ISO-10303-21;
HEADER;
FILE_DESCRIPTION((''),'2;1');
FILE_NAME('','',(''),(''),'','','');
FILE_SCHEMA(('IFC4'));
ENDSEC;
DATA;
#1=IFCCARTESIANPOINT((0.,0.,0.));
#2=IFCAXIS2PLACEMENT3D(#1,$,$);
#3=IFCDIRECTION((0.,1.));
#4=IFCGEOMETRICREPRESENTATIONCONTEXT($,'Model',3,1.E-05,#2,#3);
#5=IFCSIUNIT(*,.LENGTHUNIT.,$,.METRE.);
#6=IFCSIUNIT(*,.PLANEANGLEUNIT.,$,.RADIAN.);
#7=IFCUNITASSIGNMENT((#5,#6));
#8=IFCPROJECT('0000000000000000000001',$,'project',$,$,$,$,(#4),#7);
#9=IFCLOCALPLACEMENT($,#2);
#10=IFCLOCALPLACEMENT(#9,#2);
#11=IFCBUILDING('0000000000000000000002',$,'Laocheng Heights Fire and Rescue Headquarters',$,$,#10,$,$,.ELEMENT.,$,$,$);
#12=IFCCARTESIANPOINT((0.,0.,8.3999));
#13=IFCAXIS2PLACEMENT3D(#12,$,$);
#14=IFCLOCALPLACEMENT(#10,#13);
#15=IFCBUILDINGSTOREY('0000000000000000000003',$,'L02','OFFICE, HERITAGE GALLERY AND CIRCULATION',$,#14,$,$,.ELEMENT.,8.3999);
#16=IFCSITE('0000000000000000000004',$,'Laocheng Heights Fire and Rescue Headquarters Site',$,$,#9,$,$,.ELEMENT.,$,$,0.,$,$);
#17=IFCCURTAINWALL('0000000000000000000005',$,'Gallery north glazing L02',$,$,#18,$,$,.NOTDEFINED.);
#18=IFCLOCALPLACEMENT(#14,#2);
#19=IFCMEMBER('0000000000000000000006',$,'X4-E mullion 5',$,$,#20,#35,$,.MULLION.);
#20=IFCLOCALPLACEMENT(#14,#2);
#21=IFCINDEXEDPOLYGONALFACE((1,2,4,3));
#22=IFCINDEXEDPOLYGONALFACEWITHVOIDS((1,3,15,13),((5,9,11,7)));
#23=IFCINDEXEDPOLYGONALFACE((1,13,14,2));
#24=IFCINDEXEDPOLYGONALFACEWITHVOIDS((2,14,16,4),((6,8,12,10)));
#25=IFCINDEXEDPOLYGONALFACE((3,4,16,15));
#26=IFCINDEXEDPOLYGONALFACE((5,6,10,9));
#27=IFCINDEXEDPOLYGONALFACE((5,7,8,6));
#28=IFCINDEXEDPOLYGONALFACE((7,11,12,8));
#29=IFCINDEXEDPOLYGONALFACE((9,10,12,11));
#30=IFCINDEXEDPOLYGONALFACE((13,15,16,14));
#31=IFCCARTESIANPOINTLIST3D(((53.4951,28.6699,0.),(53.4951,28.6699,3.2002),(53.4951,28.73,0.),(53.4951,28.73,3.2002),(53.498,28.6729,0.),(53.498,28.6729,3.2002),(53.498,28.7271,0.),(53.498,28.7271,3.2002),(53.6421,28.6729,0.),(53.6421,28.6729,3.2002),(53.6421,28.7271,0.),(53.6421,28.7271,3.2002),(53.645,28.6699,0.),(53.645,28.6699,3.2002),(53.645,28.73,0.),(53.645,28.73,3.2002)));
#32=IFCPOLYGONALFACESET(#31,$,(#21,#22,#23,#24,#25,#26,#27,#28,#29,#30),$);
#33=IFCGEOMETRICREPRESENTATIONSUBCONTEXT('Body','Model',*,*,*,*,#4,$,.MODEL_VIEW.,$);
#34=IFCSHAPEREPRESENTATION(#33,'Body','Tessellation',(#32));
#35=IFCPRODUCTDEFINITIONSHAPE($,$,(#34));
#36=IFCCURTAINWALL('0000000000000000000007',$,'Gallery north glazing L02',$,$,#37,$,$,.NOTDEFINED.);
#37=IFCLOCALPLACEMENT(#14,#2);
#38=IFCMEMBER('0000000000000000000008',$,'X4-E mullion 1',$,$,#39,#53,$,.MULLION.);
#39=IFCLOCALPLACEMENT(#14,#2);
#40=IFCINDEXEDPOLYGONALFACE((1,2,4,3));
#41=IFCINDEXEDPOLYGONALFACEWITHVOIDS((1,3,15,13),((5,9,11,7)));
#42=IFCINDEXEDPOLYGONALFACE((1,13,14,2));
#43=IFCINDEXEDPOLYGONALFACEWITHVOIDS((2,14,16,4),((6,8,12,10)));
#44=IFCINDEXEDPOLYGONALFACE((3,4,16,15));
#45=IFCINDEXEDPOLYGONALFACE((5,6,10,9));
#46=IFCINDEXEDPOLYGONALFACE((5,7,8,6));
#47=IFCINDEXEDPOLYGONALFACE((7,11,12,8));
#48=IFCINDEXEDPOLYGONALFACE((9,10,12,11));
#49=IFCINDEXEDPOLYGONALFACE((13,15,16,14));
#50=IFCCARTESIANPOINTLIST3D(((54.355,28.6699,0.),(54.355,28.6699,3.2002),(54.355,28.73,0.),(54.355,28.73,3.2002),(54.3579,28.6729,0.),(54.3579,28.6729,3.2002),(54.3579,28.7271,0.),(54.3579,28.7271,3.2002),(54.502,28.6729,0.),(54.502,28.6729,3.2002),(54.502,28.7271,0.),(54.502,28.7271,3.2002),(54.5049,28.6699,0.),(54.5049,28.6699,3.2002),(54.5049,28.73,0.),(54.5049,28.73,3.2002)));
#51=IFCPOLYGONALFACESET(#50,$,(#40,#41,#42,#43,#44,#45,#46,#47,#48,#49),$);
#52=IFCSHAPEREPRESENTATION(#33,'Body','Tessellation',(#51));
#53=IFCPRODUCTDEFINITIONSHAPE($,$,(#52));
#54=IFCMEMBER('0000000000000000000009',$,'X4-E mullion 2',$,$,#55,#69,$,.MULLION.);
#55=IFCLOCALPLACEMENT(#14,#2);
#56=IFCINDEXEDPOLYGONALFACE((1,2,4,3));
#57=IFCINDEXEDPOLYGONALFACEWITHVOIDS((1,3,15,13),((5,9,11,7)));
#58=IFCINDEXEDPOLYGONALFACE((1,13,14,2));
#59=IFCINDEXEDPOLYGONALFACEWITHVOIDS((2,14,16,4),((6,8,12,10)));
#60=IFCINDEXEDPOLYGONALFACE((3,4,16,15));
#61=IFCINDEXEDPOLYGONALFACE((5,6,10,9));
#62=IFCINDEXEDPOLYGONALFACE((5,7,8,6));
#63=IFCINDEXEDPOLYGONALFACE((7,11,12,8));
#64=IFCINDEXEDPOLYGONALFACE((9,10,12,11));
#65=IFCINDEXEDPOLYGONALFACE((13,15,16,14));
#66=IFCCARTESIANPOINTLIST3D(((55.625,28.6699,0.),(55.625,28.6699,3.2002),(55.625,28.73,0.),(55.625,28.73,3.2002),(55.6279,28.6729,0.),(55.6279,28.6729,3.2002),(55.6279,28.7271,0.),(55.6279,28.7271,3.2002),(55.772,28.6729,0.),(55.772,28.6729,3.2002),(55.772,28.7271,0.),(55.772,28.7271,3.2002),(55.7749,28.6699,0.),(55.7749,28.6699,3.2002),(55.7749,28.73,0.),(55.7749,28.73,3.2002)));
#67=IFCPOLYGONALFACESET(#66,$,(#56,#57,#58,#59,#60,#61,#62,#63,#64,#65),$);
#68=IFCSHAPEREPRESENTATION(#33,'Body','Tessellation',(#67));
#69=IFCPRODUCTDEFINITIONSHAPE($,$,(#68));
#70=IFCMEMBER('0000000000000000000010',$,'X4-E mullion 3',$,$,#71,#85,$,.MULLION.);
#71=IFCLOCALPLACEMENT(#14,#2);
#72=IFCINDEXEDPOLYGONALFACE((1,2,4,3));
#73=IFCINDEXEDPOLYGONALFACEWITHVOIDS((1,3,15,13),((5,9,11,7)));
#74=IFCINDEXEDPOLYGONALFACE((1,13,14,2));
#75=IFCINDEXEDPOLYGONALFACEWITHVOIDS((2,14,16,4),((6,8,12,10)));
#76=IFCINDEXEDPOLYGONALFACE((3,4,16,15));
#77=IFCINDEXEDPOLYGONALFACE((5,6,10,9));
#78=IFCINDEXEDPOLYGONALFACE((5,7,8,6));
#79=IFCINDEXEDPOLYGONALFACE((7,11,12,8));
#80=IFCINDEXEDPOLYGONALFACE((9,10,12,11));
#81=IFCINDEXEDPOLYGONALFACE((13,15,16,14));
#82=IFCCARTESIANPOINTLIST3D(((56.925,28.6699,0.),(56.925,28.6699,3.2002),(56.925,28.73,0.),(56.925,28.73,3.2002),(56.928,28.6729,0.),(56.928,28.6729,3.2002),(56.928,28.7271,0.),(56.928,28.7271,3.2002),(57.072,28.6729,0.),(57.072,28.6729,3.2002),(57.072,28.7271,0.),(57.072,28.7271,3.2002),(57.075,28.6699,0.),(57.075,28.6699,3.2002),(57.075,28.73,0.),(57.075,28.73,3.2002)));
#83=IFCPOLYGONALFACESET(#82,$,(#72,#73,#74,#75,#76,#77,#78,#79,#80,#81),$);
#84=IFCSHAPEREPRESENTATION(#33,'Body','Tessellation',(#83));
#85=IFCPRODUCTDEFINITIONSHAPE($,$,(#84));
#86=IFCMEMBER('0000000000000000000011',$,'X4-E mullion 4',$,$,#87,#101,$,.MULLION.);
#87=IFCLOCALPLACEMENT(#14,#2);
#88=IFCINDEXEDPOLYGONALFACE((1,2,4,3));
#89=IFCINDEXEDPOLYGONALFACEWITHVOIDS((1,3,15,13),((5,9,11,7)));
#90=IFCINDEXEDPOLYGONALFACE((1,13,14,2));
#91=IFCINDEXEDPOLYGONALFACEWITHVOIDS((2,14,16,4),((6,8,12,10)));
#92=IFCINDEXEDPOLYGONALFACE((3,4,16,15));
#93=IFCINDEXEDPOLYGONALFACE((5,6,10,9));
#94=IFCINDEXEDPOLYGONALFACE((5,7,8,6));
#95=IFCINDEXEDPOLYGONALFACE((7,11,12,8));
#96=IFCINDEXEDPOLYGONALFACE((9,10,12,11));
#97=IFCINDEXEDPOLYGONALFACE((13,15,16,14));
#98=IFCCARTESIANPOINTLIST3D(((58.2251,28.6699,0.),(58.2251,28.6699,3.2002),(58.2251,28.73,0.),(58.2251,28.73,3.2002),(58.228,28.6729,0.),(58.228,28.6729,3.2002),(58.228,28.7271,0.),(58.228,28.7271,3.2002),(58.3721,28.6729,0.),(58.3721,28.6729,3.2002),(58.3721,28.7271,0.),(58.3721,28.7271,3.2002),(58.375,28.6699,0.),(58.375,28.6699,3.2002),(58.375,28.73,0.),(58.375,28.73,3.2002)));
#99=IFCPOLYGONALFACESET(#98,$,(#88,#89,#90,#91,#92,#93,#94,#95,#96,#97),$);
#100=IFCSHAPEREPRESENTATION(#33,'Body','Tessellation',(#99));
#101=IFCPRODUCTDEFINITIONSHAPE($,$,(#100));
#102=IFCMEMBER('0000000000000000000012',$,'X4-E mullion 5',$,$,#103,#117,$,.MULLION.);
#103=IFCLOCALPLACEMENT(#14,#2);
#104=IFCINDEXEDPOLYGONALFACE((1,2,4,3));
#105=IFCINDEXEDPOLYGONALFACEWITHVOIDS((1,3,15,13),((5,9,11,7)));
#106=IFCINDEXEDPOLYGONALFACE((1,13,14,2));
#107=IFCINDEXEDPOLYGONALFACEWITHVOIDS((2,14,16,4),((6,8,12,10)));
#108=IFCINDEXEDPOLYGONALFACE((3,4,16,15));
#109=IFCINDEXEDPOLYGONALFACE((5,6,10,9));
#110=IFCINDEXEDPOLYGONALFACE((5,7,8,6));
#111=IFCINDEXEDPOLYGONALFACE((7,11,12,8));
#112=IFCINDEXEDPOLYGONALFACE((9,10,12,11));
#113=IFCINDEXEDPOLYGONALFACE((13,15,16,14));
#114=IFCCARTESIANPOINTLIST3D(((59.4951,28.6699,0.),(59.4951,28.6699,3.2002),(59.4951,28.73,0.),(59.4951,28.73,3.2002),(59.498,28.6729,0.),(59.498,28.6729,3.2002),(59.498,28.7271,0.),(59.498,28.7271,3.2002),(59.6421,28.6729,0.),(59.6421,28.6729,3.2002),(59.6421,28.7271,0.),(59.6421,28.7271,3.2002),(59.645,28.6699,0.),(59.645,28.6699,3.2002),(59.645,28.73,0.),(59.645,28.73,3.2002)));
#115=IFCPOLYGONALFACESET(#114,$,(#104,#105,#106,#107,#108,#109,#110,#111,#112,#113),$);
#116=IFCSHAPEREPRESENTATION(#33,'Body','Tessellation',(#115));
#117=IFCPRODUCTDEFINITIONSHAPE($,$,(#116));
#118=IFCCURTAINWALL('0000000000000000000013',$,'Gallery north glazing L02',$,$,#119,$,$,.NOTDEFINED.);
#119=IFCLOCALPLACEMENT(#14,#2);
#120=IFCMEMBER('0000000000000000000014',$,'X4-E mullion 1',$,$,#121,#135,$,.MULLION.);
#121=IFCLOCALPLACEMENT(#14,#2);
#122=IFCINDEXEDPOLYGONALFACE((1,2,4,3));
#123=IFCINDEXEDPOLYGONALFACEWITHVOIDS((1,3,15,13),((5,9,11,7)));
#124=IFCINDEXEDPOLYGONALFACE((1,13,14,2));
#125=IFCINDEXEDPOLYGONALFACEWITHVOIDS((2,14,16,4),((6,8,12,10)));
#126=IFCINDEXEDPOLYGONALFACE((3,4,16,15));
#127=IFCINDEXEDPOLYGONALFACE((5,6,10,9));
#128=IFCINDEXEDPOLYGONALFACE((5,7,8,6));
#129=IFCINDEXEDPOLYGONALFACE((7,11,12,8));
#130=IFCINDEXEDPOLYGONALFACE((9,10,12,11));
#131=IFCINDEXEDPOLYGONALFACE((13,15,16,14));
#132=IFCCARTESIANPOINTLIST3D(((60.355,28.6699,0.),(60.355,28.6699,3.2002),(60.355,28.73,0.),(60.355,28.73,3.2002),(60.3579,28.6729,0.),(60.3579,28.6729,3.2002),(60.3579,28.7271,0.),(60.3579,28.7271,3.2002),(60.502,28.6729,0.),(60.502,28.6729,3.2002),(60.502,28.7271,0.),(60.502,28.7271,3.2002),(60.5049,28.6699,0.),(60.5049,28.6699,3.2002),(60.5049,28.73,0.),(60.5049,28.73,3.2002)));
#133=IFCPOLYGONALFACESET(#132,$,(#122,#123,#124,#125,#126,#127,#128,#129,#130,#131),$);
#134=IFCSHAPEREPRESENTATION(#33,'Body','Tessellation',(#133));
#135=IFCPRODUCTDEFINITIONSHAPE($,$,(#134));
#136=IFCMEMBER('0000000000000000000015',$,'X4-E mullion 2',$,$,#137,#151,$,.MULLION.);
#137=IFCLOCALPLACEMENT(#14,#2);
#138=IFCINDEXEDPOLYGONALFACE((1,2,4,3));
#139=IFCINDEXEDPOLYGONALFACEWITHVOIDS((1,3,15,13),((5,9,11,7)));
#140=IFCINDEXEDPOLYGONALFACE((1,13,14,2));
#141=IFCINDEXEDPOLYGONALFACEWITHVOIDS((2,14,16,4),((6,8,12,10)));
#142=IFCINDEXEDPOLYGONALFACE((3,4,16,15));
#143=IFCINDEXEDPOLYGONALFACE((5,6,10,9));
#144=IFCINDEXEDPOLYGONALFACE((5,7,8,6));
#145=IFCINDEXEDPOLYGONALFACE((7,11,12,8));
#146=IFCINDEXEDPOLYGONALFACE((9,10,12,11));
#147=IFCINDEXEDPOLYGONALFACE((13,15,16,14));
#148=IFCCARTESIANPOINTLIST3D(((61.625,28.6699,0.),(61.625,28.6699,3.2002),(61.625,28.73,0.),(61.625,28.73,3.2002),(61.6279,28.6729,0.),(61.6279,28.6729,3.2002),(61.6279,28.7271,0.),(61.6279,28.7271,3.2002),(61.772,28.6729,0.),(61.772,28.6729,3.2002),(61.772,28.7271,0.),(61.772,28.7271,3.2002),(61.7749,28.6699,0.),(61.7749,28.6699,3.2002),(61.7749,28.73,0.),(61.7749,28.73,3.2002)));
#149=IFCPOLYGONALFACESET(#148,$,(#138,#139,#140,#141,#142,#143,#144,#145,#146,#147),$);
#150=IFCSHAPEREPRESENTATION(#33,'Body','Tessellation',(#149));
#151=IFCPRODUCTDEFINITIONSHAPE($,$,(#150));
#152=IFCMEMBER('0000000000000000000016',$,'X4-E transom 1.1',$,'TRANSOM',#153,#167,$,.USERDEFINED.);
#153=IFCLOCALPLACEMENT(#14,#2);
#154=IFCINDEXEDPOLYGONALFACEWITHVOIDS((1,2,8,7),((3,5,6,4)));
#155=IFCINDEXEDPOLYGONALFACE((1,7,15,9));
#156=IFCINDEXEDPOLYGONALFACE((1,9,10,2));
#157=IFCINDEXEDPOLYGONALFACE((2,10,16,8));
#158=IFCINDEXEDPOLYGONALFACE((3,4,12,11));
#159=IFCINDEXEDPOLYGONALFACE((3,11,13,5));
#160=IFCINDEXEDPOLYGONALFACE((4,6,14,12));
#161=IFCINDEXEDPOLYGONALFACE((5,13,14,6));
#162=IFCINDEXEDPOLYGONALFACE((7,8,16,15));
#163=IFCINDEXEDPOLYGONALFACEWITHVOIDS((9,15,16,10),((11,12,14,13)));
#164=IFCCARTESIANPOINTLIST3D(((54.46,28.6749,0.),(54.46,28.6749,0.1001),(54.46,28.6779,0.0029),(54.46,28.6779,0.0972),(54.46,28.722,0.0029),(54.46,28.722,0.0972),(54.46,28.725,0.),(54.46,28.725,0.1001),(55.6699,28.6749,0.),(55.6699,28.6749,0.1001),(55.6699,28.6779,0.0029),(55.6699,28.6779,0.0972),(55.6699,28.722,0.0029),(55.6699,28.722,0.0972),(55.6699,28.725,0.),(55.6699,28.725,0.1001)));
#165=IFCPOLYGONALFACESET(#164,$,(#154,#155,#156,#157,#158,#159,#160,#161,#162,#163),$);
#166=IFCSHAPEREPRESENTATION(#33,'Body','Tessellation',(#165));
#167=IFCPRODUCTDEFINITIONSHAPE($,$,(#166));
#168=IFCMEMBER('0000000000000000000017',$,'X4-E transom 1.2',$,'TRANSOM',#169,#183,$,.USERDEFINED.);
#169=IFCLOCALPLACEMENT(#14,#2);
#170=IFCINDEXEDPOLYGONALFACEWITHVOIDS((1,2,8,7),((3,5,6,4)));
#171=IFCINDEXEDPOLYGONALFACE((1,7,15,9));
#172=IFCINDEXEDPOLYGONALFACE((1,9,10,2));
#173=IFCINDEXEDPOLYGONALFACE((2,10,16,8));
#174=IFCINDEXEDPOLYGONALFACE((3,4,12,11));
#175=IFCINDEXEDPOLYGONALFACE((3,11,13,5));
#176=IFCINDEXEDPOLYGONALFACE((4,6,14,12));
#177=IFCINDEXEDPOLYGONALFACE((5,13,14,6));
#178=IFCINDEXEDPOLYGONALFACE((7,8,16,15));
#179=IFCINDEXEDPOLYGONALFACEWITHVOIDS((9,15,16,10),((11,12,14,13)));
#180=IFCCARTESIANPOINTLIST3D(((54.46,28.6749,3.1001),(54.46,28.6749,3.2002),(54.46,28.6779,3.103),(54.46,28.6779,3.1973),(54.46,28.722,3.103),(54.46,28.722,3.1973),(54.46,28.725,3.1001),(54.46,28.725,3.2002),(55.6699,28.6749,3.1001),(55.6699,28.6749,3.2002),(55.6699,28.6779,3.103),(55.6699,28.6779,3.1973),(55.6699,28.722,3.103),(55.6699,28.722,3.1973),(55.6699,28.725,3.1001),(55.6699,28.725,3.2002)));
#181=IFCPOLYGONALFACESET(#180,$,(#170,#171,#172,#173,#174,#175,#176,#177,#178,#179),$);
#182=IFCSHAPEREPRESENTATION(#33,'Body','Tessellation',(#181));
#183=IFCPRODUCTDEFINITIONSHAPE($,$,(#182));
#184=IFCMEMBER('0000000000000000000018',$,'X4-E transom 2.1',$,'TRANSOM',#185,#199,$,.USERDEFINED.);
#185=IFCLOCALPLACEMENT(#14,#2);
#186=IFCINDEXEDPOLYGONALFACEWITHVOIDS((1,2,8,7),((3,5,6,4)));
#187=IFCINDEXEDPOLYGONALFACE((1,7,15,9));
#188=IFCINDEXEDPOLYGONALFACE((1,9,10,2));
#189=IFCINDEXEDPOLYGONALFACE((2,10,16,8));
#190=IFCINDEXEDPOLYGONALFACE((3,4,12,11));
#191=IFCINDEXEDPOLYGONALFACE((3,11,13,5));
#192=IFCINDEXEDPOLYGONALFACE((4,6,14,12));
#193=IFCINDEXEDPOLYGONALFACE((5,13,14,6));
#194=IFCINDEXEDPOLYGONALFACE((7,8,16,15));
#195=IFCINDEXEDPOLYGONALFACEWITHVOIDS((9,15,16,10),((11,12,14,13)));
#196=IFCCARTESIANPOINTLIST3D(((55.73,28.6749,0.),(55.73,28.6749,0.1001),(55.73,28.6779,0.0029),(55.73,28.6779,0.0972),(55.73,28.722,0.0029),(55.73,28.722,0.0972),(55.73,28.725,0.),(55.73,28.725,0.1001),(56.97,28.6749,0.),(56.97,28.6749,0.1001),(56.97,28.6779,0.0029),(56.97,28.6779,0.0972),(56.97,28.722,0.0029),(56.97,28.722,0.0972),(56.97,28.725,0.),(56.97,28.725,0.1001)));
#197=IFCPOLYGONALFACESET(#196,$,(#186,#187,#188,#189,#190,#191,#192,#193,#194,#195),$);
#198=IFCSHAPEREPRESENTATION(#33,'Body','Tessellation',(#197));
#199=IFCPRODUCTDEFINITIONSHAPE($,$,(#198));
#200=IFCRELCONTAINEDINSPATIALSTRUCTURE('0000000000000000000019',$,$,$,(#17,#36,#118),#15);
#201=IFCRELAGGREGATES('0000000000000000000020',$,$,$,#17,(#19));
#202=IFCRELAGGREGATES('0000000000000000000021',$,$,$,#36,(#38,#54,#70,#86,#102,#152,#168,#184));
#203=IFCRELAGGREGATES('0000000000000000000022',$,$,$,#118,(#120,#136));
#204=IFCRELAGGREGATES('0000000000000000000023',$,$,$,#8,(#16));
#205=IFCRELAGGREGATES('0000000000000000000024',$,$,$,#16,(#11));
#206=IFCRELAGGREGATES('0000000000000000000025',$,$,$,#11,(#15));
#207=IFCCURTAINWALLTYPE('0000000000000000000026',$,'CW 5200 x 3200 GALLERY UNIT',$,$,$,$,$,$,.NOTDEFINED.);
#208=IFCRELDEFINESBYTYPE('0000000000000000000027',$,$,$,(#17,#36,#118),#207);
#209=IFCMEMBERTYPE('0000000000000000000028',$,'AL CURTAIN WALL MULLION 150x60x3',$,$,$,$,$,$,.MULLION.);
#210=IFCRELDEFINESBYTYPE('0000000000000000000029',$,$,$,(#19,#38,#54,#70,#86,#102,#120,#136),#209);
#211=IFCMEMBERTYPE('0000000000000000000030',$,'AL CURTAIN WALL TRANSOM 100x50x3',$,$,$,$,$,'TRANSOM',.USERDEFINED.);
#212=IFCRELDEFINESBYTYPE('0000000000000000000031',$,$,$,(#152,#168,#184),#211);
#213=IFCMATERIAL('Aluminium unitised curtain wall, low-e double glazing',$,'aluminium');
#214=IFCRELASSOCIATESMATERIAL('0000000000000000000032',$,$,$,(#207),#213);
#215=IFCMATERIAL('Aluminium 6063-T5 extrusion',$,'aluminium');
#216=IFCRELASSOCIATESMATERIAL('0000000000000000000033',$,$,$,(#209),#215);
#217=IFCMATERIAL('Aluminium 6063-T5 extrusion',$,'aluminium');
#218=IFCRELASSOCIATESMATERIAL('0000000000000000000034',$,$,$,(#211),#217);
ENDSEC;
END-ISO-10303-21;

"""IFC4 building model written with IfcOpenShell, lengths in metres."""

from ifc_helpers import new_model, si_unit, direction, frame, origin, origin_2d, place, context, subcontext, project, spatial, hollow_rectangle, extrude, material, material_profile, profile_set, type_object, element, aggregate, save


model = new_model("IFC4")

# Units and contexts
model_context = context("Model", 3, precision=1e-05, world=origin(), true_north=direction((0.0, 1.0)))
body_context = subcontext(model_context, "Body", "Model", "MODEL_VIEW")
ifc_project = project(units=[si_unit("LENGTHUNIT", "METRE"), si_unit("PLANEANGLEUNIT", "RADIAN")], contexts=[model_context])

# Site, building, storey
site_placement = place(None, origin())
site = spatial("IfcSite", under=ifc_project, at=site_placement, Name="Laocheng Heights Fire and Rescue Headquarters Site", CompositionType="ELEMENT", RefElevation=0.0)
building_placement = place(site_placement, origin())
building = spatial("IfcBuilding", under=site, at=building_placement, Name="Laocheng Heights Fire and Rescue Headquarters", CompositionType="ELEMENT")
storey_placement = place(building_placement, frame((0.0, 0.0, 8.3999)))
storey = spatial("IfcBuildingStorey", under=building, at=storey_placement, Name="L02", Description="OFFICE, HERITAGE GALLERY AND CIRCULATION", CompositionType="ELEMENT", Elevation=8.3999)

# Curtain wall, member
ifc_material_1 = material(Name="Aluminium unitised curtain wall, low-e double glazing", Category="aluminium")
curtain_wall_type = type_object("IfcCurtainWallType", Name="CW 5200 x 3200 GALLERY UNIT", PredefinedType="NOTDEFINED", material=ifc_material_1)
curtain_wall_1_placement = place(storey_placement, origin())
curtain_wall_1 = element("IfcCurtainWall", 1, at=curtain_wall_1_placement, inside=storey, type_object=curtain_wall_type, Name="Gallery north glazing L02", PredefinedType="NOTDEFINED")
ifc_material_2 = material(Name="Aluminium 6063-T5 extrusion", Category="aluminium")
ifc_material_profile_1 = material_profile(ifc_material_2, hollow_rectangle(XDim=0.0601, YDim=0.1499, WallThickness=0.0029, at=origin_2d()), Name="AL MULLION 150x60x3")
ifc_profile_set_1 = profile_set([ifc_material_profile_1], Name="Aluminium 6063-T5 extrusion")
member_type_1 = type_object("IfcMemberType", Name="AL CURTAIN WALL MULLION 150x60x3", PredefinedType="MULLION", material=ifc_profile_set_1)
member_1_placement = place(storey_placement, frame((53.5701, 28.7, 0.0), z_axis=(0.0, 0.0, 1.0), x_axis=(0.0, 1.0, 0.0)))
member_1 = element("IfcMember", 2, at=member_1_placement, type_object=member_type_1, Name="X4-E mullion 5", PredefinedType="MULLION", context=body_context, shape_type="SweptSolid", body=[
    extrude(hollow_rectangle(XDim=0.0601, YDim=0.1499, WallThickness=0.0029, at=origin_2d()), origin(), (0.0, 0.0, 1.0), 3.2002),
])

# Curtain walls, members
curtain_wall_2_placement = place(storey_placement, origin())
curtain_wall_2 = element("IfcCurtainWall", 3, at=curtain_wall_2_placement, inside=storey, type_object=curtain_wall_type, Name="Gallery north glazing L02", PredefinedType="NOTDEFINED")
member_2_placement = place(storey_placement, frame((54.4299, 28.7, 0.0), z_axis=(0.0, 0.0, 1.0), x_axis=(0.0, 1.0, 0.0)))
member_2 = element("IfcMember", 4, at=member_2_placement, type_object=member_type_1, Name="X4-E mullion 1", PredefinedType="MULLION", context=body_context, shape_type="SweptSolid", body=[
    extrude(hollow_rectangle(XDim=0.0601, YDim=0.1499, WallThickness=0.0029, at=origin_2d()), origin(), (0.0, 0.0, 1.0), 3.2002),
])
member_3_placement = place(storey_placement, frame((55.7, 28.7, 0.0), z_axis=(0.0, 0.0, 1.0), x_axis=(0.0, 1.0, 0.0)))
member_3 = element("IfcMember", 5, at=member_3_placement, type_object=member_type_1, Name="X4-E mullion 2", PredefinedType="MULLION", context=body_context, shape_type="SweptSolid", body=[
    extrude(hollow_rectangle(XDim=0.0601, YDim=0.1499, WallThickness=0.0029, at=origin_2d()), origin(), (0.0, 0.0, 1.0), 3.2002),
])
member_4_placement = place(storey_placement, frame((57.0, 28.7, 0.0), z_axis=(0.0, 0.0, 1.0), x_axis=(0.0, 1.0, 0.0)))
member_4 = element("IfcMember", 6, at=member_4_placement, type_object=member_type_1, Name="X4-E mullion 3", PredefinedType="MULLION", context=body_context, shape_type="SweptSolid", body=[
    extrude(hollow_rectangle(XDim=0.0601, YDim=0.1499, WallThickness=0.0029, at=origin_2d()), origin(), (0.0, 0.0, 1.0), 3.2002),
])
member_5_placement = place(storey_placement, frame((58.3, 28.7, 0.0), z_axis=(0.0, 0.0, 1.0), x_axis=(0.0, 1.0, 0.0)))
member_5 = element("IfcMember", 7, at=member_5_placement, type_object=member_type_1, Name="X4-E mullion 4", PredefinedType="MULLION", context=body_context, shape_type="SweptSolid", body=[
    extrude(hollow_rectangle(XDim=0.0601, YDim=0.1499, WallThickness=0.0029, at=origin_2d()), origin(), (0.0, 0.0, 1.0), 3.2002),
])
member_6_placement = place(storey_placement, frame((59.5701, 28.7, 0.0), z_axis=(0.0, 0.0, 1.0), x_axis=(0.0, 1.0, 0.0)))
member_6 = element("IfcMember", 8, at=member_6_placement, type_object=member_type_1, Name="X4-E mullion 5", PredefinedType="MULLION", context=body_context, shape_type="SweptSolid", body=[
    extrude(hollow_rectangle(XDim=0.0601, YDim=0.1499, WallThickness=0.0029, at=origin_2d()), origin(), (0.0, 0.0, 1.0), 3.2002),
])
curtain_wall_3_placement = place(storey_placement, origin())
curtain_wall_3 = element("IfcCurtainWall", 9, at=curtain_wall_3_placement, inside=storey, type_object=curtain_wall_type, Name="Gallery north glazing L02", PredefinedType="NOTDEFINED")
member_7_placement = place(storey_placement, frame((60.4299, 28.7, 0.0), z_axis=(0.0, 0.0, 1.0), x_axis=(0.0, 1.0, 0.0)))
member_7 = element("IfcMember", 10, at=member_7_placement, type_object=member_type_1, Name="X4-E mullion 1", PredefinedType="MULLION", context=body_context, shape_type="SweptSolid", body=[
    extrude(hollow_rectangle(XDim=0.0601, YDim=0.1499, WallThickness=0.0029, at=origin_2d()), origin(), (0.0, 0.0, 1.0), 3.2002),
])
member_8_placement = place(storey_placement, frame((61.7, 28.7, 0.0), z_axis=(0.0, 0.0, 1.0), x_axis=(0.0, 1.0, 0.0)))
member_8 = element("IfcMember", 11, at=member_8_placement, type_object=member_type_1, Name="X4-E mullion 2", PredefinedType="MULLION", context=body_context, shape_type="SweptSolid", body=[
    extrude(hollow_rectangle(XDim=0.0601, YDim=0.1499, WallThickness=0.0029, at=origin_2d()), origin(), (0.0, 0.0, 1.0), 3.2002),
])

# Members
ifc_material_3 = material(Name="Aluminium 6063-T5 extrusion", Category="aluminium")
ifc_material_profile_2 = material_profile(ifc_material_3, hollow_rectangle(XDim=0.05, YDim=0.1001, WallThickness=0.0029, at=origin_2d()), Name="AL TRANSOM 100x50x3")
ifc_profile_set_2 = profile_set([ifc_material_profile_2], Name="Aluminium 6063-T5 extrusion")
member_type_2 = type_object("IfcMemberType", Name="AL CURTAIN WALL TRANSOM 100x50x3", ElementType="TRANSOM", PredefinedType="USERDEFINED", material=ifc_profile_set_2)
member_9_placement = place(storey_placement, frame((54.46, 28.7, 0.05), z_axis=(1.0, 0.0, 0.0), x_axis=(0.0, 1.0, 0.0)))
member_9 = element("IfcMember", 12, at=member_9_placement, type_object=member_type_2, Name="X4-E transom 1.1", ObjectType="TRANSOM", PredefinedType="USERDEFINED", context=body_context, shape_type="SweptSolid", body=[
    extrude(hollow_rectangle(XDim=0.05, YDim=0.1001, WallThickness=0.0029, at=origin_2d()), origin(), (0.0, 0.0, 1.0), 1.21),
])
member_10_placement = place(storey_placement, frame((54.46, 28.7, 3.1501), z_axis=(1.0, 0.0, 0.0), x_axis=(0.0, 1.0, 0.0)))
member_10 = element("IfcMember", 13, at=member_10_placement, type_object=member_type_2, Name="X4-E transom 1.2", ObjectType="TRANSOM", PredefinedType="USERDEFINED", context=body_context, shape_type="SweptSolid", body=[
    extrude(hollow_rectangle(XDim=0.05, YDim=0.1001, WallThickness=0.0029, at=origin_2d()), origin(), (0.0, 0.0, 1.0), 1.21),
])
member_11_placement = place(storey_placement, frame((55.73, 28.7, 0.05), z_axis=(1.0, 0.0, 0.0), x_axis=(0.0, 1.0, 0.0)))
member_11 = element("IfcMember", 14, at=member_11_placement, type_object=member_type_2, Name="X4-E transom 2.1", ObjectType="TRANSOM", PredefinedType="USERDEFINED", context=body_context, shape_type="SweptSolid", body=[
    extrude(hollow_rectangle(XDim=0.05, YDim=0.1001, WallThickness=0.0029, at=origin_2d()), origin(), (0.0, 0.0, 1.0), 1.24),
])

aggregate(curtain_wall_1, [member_1])
aggregate(curtain_wall_2, [member_2, member_3, member_4, member_5, member_6, member_9, member_10, member_11])
aggregate(curtain_wall_3, [member_7, member_8])

save(model, "model.ifc")
